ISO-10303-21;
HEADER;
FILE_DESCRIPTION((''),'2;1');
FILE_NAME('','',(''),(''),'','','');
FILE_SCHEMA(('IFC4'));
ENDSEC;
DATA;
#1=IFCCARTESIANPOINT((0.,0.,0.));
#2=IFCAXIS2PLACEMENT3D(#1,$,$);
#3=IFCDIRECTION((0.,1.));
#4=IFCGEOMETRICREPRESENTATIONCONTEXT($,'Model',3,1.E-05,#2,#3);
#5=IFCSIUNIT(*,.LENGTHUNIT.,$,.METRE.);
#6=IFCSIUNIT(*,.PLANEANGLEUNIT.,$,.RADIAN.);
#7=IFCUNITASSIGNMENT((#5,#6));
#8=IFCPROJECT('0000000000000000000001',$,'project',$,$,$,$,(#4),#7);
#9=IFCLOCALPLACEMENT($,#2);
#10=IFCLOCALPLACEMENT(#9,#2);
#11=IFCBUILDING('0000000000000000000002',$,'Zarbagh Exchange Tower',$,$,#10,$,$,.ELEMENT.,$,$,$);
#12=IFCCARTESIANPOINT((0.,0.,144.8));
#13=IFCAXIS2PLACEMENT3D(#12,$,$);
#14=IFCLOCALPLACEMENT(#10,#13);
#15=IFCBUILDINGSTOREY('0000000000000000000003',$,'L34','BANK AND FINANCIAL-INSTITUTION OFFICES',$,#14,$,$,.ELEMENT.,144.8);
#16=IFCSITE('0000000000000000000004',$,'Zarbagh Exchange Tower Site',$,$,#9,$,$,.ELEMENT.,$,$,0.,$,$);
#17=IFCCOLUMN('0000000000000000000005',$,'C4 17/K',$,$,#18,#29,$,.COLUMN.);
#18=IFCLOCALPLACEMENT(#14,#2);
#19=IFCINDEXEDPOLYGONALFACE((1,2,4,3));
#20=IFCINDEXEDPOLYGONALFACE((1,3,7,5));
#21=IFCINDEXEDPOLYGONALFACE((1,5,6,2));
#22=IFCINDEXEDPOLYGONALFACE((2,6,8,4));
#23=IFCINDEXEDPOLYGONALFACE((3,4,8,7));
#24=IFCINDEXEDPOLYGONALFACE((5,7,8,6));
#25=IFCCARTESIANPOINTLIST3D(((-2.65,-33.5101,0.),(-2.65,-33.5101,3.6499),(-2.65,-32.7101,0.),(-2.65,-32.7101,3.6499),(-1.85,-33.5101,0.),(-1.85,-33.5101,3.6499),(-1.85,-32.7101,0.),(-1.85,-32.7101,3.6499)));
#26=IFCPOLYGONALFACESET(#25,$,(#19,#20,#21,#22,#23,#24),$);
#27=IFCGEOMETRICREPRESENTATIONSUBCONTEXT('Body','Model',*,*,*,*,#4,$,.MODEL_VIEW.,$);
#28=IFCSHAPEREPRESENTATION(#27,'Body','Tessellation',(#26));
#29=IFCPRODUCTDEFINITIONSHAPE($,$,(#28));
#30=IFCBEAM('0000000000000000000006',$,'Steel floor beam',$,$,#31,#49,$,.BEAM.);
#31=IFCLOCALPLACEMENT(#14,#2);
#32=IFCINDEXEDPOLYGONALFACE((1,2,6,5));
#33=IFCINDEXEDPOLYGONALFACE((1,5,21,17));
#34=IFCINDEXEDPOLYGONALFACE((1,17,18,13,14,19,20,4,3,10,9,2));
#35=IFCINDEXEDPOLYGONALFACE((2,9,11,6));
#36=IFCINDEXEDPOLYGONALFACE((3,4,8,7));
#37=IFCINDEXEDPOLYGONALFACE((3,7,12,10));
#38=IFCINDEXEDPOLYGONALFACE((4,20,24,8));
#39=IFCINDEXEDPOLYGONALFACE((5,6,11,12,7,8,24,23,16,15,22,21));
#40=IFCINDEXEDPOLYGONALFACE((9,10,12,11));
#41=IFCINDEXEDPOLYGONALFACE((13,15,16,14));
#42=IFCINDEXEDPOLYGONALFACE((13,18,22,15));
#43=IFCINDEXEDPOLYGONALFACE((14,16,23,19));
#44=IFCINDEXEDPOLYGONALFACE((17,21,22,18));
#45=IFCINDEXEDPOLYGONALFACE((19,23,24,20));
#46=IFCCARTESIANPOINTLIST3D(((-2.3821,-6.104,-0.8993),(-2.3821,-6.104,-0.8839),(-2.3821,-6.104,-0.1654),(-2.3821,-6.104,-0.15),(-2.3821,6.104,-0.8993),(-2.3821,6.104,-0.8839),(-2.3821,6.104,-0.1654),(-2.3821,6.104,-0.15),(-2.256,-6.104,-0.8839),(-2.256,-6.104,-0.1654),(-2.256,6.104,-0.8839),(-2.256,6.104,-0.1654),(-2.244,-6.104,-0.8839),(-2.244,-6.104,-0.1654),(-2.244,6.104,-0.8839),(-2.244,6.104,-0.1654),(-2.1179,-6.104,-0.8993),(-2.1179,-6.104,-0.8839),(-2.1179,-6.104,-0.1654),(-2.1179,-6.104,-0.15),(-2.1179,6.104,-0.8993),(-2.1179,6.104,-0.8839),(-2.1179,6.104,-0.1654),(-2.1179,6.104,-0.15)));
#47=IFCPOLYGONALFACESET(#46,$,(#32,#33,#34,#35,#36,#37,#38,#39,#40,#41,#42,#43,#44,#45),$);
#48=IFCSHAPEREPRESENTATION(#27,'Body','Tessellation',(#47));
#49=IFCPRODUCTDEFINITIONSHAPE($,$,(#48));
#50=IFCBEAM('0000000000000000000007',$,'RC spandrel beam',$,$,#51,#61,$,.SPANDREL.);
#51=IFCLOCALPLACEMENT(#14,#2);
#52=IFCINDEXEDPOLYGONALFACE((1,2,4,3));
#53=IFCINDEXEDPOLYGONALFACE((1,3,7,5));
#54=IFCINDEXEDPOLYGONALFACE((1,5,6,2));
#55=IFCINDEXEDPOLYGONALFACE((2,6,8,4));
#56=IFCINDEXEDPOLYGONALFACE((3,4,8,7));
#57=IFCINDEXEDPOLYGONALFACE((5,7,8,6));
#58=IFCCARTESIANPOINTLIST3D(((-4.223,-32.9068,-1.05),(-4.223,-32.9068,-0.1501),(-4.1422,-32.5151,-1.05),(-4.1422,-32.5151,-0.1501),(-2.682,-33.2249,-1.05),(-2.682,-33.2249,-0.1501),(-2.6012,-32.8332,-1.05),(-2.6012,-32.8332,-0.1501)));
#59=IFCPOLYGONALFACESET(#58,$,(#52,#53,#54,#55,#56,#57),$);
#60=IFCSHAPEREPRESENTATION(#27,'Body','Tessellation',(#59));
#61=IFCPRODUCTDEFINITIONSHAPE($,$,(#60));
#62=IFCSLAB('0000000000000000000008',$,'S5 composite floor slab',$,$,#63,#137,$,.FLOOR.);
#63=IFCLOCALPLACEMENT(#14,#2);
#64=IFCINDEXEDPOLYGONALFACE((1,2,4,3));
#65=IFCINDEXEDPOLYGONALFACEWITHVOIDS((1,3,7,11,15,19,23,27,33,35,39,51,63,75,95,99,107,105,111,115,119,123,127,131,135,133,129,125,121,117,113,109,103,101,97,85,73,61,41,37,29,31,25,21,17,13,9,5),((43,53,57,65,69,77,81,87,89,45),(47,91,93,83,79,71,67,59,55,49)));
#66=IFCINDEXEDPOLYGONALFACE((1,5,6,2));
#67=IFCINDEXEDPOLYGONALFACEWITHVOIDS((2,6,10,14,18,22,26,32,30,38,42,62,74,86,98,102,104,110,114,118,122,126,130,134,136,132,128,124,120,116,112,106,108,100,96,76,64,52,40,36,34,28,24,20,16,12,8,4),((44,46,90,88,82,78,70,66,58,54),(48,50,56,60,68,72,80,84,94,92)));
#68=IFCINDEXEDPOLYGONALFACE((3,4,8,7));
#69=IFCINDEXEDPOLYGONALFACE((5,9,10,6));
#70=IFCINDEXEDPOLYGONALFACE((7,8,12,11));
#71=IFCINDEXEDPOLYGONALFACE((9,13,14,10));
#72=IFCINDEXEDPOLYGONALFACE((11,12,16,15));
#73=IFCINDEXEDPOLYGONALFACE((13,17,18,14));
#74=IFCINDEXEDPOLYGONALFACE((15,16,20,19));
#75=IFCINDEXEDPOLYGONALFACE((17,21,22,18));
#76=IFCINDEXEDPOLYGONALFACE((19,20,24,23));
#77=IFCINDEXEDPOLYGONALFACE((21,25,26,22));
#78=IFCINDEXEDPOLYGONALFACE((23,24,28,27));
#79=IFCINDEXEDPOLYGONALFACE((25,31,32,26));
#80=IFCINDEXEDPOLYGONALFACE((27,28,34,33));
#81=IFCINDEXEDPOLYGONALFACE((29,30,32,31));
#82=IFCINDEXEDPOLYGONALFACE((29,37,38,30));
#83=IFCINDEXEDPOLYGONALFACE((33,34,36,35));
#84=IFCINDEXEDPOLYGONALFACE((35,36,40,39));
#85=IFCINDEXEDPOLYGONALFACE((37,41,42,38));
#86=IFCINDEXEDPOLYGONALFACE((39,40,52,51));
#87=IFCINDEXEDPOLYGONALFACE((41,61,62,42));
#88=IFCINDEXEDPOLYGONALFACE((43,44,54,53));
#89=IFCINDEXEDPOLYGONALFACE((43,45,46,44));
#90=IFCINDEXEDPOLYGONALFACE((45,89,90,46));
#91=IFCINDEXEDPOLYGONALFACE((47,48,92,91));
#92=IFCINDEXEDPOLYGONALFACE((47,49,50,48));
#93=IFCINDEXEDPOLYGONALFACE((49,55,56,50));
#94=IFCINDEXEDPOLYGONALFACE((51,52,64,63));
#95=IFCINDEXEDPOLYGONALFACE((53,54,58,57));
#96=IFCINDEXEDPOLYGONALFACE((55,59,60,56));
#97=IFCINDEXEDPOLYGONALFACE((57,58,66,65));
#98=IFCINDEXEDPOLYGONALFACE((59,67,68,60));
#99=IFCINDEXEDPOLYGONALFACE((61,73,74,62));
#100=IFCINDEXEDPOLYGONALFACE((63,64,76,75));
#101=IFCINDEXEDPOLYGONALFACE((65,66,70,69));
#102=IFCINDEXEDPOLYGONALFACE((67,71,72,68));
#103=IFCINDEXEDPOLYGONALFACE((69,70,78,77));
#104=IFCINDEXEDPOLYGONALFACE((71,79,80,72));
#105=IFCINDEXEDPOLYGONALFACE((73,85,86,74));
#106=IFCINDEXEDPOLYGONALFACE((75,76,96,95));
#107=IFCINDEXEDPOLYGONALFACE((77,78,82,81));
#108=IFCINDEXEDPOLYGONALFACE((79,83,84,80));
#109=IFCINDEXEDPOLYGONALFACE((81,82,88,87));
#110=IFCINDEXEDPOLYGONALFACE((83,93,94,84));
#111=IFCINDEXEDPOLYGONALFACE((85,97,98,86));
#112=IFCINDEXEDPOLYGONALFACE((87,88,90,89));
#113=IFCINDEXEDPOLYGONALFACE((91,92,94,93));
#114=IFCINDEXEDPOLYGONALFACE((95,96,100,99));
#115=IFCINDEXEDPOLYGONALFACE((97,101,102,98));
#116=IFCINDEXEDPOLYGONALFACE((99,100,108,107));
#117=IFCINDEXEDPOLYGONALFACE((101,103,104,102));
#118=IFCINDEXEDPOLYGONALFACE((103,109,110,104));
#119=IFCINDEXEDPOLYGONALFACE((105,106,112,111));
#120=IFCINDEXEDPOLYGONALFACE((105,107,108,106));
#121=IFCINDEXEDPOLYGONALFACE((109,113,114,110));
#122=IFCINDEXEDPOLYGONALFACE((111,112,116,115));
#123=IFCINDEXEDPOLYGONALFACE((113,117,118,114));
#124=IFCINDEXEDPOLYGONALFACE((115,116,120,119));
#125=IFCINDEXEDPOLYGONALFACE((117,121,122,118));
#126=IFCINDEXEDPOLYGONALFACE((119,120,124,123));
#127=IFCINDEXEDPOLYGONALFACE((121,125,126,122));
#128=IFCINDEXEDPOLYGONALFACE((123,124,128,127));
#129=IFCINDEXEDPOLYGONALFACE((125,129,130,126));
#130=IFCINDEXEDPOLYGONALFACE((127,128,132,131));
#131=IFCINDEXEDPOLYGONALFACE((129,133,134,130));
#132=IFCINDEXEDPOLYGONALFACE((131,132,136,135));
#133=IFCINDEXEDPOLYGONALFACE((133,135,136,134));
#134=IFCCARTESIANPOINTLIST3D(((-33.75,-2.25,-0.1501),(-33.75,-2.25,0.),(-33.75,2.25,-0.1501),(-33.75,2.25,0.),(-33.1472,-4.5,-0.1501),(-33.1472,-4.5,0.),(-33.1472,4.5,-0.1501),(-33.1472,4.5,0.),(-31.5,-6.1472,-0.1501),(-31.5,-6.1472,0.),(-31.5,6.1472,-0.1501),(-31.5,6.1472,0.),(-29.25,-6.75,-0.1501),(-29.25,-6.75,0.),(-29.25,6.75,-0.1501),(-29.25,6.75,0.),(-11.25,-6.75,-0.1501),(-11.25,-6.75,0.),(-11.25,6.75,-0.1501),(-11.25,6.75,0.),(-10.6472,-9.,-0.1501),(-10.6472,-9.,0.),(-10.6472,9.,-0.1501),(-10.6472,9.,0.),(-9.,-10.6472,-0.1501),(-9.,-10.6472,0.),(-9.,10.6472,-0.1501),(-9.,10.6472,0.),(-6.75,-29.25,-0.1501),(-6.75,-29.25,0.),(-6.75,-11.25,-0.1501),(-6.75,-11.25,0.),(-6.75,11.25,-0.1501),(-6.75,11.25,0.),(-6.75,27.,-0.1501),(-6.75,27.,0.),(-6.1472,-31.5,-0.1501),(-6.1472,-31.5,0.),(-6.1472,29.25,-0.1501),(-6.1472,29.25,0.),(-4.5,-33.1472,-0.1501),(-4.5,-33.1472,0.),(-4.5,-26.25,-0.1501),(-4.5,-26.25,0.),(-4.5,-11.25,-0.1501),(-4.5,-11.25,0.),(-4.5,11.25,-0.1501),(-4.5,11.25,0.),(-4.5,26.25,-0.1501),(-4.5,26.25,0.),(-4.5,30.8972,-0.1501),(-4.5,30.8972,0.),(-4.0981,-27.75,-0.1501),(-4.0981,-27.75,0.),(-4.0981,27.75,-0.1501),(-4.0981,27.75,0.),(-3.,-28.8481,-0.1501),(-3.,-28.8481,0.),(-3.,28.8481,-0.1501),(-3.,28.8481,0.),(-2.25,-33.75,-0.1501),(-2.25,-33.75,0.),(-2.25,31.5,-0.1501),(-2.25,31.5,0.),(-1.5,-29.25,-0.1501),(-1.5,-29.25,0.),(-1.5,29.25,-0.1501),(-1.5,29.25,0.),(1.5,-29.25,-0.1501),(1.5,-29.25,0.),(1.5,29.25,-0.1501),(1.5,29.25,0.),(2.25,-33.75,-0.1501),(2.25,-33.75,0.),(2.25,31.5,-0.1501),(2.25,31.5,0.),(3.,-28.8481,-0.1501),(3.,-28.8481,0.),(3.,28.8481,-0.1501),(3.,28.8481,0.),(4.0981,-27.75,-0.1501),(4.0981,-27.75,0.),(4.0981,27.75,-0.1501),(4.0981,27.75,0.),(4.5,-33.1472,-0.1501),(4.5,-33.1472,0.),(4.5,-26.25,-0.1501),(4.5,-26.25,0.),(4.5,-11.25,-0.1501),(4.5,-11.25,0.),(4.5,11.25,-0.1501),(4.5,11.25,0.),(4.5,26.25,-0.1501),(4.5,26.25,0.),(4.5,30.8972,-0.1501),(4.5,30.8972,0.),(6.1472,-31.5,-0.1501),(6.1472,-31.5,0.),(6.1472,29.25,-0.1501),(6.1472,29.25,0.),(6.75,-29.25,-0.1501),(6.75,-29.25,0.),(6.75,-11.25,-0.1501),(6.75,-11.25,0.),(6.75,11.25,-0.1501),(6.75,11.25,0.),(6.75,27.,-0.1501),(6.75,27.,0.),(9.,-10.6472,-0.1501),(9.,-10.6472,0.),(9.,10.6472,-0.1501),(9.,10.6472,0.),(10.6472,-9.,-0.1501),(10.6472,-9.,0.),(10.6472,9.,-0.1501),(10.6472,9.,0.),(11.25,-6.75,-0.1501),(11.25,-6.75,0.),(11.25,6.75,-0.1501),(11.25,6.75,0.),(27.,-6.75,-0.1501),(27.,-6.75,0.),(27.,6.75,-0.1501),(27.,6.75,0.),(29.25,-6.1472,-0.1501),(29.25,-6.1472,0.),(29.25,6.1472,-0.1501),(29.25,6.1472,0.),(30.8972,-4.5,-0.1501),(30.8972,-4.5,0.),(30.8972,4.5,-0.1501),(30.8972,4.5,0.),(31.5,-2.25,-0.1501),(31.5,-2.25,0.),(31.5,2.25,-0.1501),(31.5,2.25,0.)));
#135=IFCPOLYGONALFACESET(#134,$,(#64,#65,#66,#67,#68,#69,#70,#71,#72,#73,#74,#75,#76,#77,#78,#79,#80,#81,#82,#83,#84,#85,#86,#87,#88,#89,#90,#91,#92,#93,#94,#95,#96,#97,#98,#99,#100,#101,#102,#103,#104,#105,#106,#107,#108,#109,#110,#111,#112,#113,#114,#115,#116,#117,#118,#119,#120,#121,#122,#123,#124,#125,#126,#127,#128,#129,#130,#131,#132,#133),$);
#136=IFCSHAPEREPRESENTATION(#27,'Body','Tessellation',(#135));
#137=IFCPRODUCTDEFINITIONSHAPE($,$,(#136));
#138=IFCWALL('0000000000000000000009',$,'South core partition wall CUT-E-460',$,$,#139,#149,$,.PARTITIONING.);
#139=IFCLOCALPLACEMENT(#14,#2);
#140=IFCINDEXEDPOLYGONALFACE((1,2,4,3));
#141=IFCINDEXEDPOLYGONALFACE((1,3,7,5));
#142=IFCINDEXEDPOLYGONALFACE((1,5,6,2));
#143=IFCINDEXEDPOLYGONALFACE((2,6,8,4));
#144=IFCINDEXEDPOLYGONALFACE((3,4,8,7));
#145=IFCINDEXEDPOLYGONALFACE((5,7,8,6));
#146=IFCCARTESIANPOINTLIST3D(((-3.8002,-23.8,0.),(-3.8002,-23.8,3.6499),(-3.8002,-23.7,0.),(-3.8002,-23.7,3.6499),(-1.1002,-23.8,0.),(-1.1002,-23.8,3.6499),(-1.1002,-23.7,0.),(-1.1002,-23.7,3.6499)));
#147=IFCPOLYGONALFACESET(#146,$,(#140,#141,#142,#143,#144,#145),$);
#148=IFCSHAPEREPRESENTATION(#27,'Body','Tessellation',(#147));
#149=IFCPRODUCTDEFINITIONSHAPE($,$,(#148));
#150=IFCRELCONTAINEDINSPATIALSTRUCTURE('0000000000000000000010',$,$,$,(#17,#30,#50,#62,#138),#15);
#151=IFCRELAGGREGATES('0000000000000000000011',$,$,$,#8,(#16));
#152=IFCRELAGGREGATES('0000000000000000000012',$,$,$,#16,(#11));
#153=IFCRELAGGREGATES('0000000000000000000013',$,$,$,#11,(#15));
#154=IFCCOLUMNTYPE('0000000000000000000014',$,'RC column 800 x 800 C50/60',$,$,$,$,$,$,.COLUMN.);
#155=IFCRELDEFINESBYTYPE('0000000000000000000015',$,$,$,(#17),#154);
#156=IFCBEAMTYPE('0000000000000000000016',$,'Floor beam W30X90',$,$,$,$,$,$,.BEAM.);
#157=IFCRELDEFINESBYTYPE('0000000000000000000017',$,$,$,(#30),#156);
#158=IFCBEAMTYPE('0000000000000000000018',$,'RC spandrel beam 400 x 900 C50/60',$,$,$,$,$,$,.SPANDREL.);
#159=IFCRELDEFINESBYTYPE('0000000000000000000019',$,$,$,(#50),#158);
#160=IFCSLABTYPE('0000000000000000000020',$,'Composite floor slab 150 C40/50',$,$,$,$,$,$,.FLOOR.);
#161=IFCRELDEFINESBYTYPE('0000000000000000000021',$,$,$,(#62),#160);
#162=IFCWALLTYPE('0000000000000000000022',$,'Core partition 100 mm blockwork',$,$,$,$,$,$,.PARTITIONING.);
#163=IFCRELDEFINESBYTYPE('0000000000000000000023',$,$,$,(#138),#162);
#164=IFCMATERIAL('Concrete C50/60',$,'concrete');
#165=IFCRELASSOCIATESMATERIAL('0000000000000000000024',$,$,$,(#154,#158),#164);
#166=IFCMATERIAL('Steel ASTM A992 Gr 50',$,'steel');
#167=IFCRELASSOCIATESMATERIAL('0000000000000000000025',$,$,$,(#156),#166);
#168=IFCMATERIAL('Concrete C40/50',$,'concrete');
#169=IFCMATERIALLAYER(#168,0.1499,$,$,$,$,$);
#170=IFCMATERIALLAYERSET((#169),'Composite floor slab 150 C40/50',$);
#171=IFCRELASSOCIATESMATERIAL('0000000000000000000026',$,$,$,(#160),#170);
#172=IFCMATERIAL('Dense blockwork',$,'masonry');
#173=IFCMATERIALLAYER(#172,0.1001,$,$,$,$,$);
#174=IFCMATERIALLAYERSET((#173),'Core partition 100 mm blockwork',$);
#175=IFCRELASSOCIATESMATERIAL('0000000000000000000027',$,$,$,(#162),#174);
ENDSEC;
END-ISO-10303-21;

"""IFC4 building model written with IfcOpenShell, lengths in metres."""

from ifc_helpers import new_model, si_unit, direction, frame, frame_2d, origin, origin_2d, place, context, subcontext, project, spatial, polyline, rectangle, i_section, outline, extrude, material, layer, layer_set, material_profile, profile_set, type_object, element, save


model = new_model("IFC4")

# Units and contexts
model_context = context("Model", 3, precision=1e-05, world=origin(), true_north=direction((0.0, 1.0)))
body_context = subcontext(model_context, "Body", "Model", "MODEL_VIEW")
ifc_project = project(units=[si_unit("LENGTHUNIT", "METRE"), si_unit("PLANEANGLEUNIT", "RADIAN")], contexts=[model_context])

# Site, building, storey
site_placement = place(None, origin())
site = spatial("IfcSite", under=ifc_project, at=site_placement, Name="Zarbagh Exchange Tower Site", CompositionType="ELEMENT", RefElevation=0.0)
building_placement = place(site_placement, origin())
building = spatial("IfcBuilding", under=site, at=building_placement, Name="Zarbagh Exchange Tower", CompositionType="ELEMENT")
storey_placement = place(building_placement, frame((0.0, 0.0, 144.8)))
storey = spatial("IfcBuildingStorey", under=building, at=storey_placement, Name="L34", Description="BANK AND FINANCIAL-INSTITUTION OFFICES", CompositionType="ELEMENT", Elevation=144.8)

# Column
ifc_material_1 = material(Name="Concrete C50/60", Category="concrete")
ifc_material_profile_1 = material_profile(ifc_material_1, rectangle(XDim=0.8, YDim=0.8, at=origin_2d()), Name="RC column 800 x 800 C50/60")
ifc_profile_set_1 = profile_set([ifc_material_profile_1], Name="Concrete C50/60")
column_type = type_object("IfcColumnType", Name="RC column 800 x 800 C50/60", PredefinedType="COLUMN", material=ifc_profile_set_1)
column_placement = place(storey_placement, frame((-2.25, -33.1101, 0.0), z_axis=(0.0, 0.0, 1.0), x_axis=(1.0, 0.0, 0.0)))
element("IfcColumn", 1, at=column_placement, inside=storey, type_object=column_type, Name="C4 17/K", PredefinedType="COLUMN", context=body_context, shape_type="SweptSolid", body=[
    extrude(rectangle(XDim=0.8, YDim=0.8, at=origin_2d()), origin(), (0.0, 0.0, 1.0), 3.6499),
])

# Beams
ifc_material_2 = material(Name="Steel ASTM A992 Gr 50", Category="steel")
ifc_material_profile_2 = material_profile(ifc_material_2, i_section(OverallWidth=0.2642, OverallDepth=0.7493, WebThickness=0.012, FlangeThickness=0.0154, at=origin_2d()), Name="W30X90")
ifc_profile_set_2 = profile_set([ifc_material_profile_2], Name="Steel ASTM A992 Gr 50")
beam_type_1 = type_object("IfcBeamType", Name="Floor beam W30X90", PredefinedType="BEAM", material=ifc_profile_set_2)
beam_1_placement = place(storey_placement, frame((-2.25, -6.104, -0.5247), z_axis=(0.0, 1.0, 0.0), x_axis=(-1.0, 0.0, 0.0)))
element("IfcBeam", 2, at=beam_1_placement, inside=storey, type_object=beam_type_1, Name="Steel floor beam", PredefinedType="BEAM", context=body_context, shape_type="SweptSolid", body=[
    extrude(i_section(OverallWidth=0.2642, OverallDepth=0.7493, WebThickness=0.012, FlangeThickness=0.0154, at=origin_2d()), origin(), (0.0, 0.0, 1.0), 12.208),
])
ifc_material_profile_3 = material_profile(ifc_material_1, rectangle(XDim=0.3999, YDim=0.8999, at=origin_2d()), Name="RC spandrel beam 400 x 900 C50/60")
ifc_profile_set_3 = profile_set([ifc_material_profile_3], Name="Concrete C50/60")
beam_type_2 = type_object("IfcBeamType", Name="RC spandrel beam 400 x 900 C50/60", PredefinedType="SPANDREL", material=ifc_profile_set_3)
beam_2_placement = place(storey_placement, frame((-2.6416, -33.0291, -0.6001), z_axis=(-0.979351, 0.202169, 0.0), x_axis=(-0.202169, -0.979351, 0.0)))
element("IfcBeam", 3, at=beam_2_placement, inside=storey, type_object=beam_type_2, Name="RC spandrel beam", PredefinedType="SPANDREL", context=body_context, shape_type="SweptSolid", body=[
    extrude(rectangle(XDim=0.3999, YDim=0.8999, at=origin_2d()), origin(), (0.0, 0.0, 1.0), 1.5735),
])

# Slab
ifc_material_3 = material(Name="Concrete C40/50", Category="concrete")
ifc_layer_1 = layer(ifc_material_3, 0.1499)
ifc_layer_set_1 = layer_set([ifc_layer_1], Name="Composite floor slab 150 C40/50")
slab_type = type_object("IfcSlabType", Name="Composite floor slab 150 C40/50", PredefinedType="FLOOR", material=ifc_layer_set_1)
slab_placement = place(storey_placement, frame((0.0, 0.0, -0.1501)))
element("IfcSlab", 4, at=slab_placement, inside=storey, type_object=slab_type, Name="S5 composite floor slab", PredefinedType="FLOOR", context=body_context, shape_type="SweptSolid", body=[
    extrude(outline(polyline([(-2.25, -33.75), (-4.5, -33.1472), (-6.1472, -31.5), (-6.75, -29.25), (-6.75, -11.25), (-9.0, -10.6472), (-10.6472, -9.0), (-11.25, -6.75), (-29.25, -6.75), (-31.5, -6.1472), (-33.1472, -4.5), (-33.75, -2.25), (-33.75, 2.25), (-33.1472, 4.5), (-31.5, 6.1472), (-29.25, 6.75), (-11.25, 6.75), (-10.6472, 9.0), (-9.0, 10.6472), (-6.75, 11.25), (-6.75, 27.0), (-6.1472, 29.25), (-4.5, 30.8972), (-2.25, 31.5), (2.25, 31.5), (4.5, 30.8972), (6.1472, 29.25), (6.75, 27.0), (6.75, 11.25), (9.0, 10.6472), (10.6472, 9.0), (11.25, 6.75), (27.0, 6.75), (29.25, 6.1472), (30.8972, 4.5), (31.5, 2.25), (31.5, -2.25), (30.8972, -4.5), (29.25, -6.1472), (27.0, -6.75), (11.25, -6.75), (10.6472, -9.0), (9.0, -10.6472), (6.75, -11.25), (6.75, -29.25), (6.1472, -31.5), (4.5, -33.1472), (2.25, -33.75), (-2.25, -33.75)]), holes=[polyline([(4.5, 11.25), (4.5, 26.25), (4.0981, 27.75), (3.0, 28.8481), (1.5, 29.25), (-1.5, 29.25), (-3.0, 28.8481), (-4.0981, 27.75), (-4.5, 26.25), (-4.5, 11.25), (4.5, 11.25)]), polyline([(-1.5, -29.25), (1.5, -29.25), (3.0, -28.8481), (4.0981, -27.75), (4.5, -26.25), (4.5, -11.25), (-4.5, -11.25), (-4.5, -26.25), (-4.0981, -27.75), (-3.0, -28.8481), (-1.5, -29.25)])]), origin(), (0.0, 0.0, 1.0), 0.1501),
])

# Wall
ifc_material_4 = material(Name="Dense blockwork", Category="masonry")
ifc_layer_2 = layer(ifc_material_4, 0.1001)
ifc_layer_set_2 = layer_set([ifc_layer_2], Name="Core partition 100 mm blockwork")
wall_type_1 = type_object("IfcWallType", Name="Core partition 100 mm blockwork", PredefinedType="PARTITIONING", material=ifc_layer_set_2)
wall_1_placement = place(storey_placement, frame((-1.1001, -23.75, 0.0), z_axis=(0.0, 0.0, 1.0), x_axis=(-1.0, 0.0, 0.0)))
element("IfcWall", 5, at=wall_1_placement, inside=storey, type_object=wall_type_1, Name="South core partition wall CUT-E-460", PredefinedType="PARTITIONING", context=body_context, shape_type="SweptSolid", body=[
    extrude(rectangle(XDim=2.7, YDim=0.1001, at=frame_2d((1.3501, 0.0))), origin(), (0.0, 0.0, 1.0), 3.6499),
])

save(model, "model.ifc")
